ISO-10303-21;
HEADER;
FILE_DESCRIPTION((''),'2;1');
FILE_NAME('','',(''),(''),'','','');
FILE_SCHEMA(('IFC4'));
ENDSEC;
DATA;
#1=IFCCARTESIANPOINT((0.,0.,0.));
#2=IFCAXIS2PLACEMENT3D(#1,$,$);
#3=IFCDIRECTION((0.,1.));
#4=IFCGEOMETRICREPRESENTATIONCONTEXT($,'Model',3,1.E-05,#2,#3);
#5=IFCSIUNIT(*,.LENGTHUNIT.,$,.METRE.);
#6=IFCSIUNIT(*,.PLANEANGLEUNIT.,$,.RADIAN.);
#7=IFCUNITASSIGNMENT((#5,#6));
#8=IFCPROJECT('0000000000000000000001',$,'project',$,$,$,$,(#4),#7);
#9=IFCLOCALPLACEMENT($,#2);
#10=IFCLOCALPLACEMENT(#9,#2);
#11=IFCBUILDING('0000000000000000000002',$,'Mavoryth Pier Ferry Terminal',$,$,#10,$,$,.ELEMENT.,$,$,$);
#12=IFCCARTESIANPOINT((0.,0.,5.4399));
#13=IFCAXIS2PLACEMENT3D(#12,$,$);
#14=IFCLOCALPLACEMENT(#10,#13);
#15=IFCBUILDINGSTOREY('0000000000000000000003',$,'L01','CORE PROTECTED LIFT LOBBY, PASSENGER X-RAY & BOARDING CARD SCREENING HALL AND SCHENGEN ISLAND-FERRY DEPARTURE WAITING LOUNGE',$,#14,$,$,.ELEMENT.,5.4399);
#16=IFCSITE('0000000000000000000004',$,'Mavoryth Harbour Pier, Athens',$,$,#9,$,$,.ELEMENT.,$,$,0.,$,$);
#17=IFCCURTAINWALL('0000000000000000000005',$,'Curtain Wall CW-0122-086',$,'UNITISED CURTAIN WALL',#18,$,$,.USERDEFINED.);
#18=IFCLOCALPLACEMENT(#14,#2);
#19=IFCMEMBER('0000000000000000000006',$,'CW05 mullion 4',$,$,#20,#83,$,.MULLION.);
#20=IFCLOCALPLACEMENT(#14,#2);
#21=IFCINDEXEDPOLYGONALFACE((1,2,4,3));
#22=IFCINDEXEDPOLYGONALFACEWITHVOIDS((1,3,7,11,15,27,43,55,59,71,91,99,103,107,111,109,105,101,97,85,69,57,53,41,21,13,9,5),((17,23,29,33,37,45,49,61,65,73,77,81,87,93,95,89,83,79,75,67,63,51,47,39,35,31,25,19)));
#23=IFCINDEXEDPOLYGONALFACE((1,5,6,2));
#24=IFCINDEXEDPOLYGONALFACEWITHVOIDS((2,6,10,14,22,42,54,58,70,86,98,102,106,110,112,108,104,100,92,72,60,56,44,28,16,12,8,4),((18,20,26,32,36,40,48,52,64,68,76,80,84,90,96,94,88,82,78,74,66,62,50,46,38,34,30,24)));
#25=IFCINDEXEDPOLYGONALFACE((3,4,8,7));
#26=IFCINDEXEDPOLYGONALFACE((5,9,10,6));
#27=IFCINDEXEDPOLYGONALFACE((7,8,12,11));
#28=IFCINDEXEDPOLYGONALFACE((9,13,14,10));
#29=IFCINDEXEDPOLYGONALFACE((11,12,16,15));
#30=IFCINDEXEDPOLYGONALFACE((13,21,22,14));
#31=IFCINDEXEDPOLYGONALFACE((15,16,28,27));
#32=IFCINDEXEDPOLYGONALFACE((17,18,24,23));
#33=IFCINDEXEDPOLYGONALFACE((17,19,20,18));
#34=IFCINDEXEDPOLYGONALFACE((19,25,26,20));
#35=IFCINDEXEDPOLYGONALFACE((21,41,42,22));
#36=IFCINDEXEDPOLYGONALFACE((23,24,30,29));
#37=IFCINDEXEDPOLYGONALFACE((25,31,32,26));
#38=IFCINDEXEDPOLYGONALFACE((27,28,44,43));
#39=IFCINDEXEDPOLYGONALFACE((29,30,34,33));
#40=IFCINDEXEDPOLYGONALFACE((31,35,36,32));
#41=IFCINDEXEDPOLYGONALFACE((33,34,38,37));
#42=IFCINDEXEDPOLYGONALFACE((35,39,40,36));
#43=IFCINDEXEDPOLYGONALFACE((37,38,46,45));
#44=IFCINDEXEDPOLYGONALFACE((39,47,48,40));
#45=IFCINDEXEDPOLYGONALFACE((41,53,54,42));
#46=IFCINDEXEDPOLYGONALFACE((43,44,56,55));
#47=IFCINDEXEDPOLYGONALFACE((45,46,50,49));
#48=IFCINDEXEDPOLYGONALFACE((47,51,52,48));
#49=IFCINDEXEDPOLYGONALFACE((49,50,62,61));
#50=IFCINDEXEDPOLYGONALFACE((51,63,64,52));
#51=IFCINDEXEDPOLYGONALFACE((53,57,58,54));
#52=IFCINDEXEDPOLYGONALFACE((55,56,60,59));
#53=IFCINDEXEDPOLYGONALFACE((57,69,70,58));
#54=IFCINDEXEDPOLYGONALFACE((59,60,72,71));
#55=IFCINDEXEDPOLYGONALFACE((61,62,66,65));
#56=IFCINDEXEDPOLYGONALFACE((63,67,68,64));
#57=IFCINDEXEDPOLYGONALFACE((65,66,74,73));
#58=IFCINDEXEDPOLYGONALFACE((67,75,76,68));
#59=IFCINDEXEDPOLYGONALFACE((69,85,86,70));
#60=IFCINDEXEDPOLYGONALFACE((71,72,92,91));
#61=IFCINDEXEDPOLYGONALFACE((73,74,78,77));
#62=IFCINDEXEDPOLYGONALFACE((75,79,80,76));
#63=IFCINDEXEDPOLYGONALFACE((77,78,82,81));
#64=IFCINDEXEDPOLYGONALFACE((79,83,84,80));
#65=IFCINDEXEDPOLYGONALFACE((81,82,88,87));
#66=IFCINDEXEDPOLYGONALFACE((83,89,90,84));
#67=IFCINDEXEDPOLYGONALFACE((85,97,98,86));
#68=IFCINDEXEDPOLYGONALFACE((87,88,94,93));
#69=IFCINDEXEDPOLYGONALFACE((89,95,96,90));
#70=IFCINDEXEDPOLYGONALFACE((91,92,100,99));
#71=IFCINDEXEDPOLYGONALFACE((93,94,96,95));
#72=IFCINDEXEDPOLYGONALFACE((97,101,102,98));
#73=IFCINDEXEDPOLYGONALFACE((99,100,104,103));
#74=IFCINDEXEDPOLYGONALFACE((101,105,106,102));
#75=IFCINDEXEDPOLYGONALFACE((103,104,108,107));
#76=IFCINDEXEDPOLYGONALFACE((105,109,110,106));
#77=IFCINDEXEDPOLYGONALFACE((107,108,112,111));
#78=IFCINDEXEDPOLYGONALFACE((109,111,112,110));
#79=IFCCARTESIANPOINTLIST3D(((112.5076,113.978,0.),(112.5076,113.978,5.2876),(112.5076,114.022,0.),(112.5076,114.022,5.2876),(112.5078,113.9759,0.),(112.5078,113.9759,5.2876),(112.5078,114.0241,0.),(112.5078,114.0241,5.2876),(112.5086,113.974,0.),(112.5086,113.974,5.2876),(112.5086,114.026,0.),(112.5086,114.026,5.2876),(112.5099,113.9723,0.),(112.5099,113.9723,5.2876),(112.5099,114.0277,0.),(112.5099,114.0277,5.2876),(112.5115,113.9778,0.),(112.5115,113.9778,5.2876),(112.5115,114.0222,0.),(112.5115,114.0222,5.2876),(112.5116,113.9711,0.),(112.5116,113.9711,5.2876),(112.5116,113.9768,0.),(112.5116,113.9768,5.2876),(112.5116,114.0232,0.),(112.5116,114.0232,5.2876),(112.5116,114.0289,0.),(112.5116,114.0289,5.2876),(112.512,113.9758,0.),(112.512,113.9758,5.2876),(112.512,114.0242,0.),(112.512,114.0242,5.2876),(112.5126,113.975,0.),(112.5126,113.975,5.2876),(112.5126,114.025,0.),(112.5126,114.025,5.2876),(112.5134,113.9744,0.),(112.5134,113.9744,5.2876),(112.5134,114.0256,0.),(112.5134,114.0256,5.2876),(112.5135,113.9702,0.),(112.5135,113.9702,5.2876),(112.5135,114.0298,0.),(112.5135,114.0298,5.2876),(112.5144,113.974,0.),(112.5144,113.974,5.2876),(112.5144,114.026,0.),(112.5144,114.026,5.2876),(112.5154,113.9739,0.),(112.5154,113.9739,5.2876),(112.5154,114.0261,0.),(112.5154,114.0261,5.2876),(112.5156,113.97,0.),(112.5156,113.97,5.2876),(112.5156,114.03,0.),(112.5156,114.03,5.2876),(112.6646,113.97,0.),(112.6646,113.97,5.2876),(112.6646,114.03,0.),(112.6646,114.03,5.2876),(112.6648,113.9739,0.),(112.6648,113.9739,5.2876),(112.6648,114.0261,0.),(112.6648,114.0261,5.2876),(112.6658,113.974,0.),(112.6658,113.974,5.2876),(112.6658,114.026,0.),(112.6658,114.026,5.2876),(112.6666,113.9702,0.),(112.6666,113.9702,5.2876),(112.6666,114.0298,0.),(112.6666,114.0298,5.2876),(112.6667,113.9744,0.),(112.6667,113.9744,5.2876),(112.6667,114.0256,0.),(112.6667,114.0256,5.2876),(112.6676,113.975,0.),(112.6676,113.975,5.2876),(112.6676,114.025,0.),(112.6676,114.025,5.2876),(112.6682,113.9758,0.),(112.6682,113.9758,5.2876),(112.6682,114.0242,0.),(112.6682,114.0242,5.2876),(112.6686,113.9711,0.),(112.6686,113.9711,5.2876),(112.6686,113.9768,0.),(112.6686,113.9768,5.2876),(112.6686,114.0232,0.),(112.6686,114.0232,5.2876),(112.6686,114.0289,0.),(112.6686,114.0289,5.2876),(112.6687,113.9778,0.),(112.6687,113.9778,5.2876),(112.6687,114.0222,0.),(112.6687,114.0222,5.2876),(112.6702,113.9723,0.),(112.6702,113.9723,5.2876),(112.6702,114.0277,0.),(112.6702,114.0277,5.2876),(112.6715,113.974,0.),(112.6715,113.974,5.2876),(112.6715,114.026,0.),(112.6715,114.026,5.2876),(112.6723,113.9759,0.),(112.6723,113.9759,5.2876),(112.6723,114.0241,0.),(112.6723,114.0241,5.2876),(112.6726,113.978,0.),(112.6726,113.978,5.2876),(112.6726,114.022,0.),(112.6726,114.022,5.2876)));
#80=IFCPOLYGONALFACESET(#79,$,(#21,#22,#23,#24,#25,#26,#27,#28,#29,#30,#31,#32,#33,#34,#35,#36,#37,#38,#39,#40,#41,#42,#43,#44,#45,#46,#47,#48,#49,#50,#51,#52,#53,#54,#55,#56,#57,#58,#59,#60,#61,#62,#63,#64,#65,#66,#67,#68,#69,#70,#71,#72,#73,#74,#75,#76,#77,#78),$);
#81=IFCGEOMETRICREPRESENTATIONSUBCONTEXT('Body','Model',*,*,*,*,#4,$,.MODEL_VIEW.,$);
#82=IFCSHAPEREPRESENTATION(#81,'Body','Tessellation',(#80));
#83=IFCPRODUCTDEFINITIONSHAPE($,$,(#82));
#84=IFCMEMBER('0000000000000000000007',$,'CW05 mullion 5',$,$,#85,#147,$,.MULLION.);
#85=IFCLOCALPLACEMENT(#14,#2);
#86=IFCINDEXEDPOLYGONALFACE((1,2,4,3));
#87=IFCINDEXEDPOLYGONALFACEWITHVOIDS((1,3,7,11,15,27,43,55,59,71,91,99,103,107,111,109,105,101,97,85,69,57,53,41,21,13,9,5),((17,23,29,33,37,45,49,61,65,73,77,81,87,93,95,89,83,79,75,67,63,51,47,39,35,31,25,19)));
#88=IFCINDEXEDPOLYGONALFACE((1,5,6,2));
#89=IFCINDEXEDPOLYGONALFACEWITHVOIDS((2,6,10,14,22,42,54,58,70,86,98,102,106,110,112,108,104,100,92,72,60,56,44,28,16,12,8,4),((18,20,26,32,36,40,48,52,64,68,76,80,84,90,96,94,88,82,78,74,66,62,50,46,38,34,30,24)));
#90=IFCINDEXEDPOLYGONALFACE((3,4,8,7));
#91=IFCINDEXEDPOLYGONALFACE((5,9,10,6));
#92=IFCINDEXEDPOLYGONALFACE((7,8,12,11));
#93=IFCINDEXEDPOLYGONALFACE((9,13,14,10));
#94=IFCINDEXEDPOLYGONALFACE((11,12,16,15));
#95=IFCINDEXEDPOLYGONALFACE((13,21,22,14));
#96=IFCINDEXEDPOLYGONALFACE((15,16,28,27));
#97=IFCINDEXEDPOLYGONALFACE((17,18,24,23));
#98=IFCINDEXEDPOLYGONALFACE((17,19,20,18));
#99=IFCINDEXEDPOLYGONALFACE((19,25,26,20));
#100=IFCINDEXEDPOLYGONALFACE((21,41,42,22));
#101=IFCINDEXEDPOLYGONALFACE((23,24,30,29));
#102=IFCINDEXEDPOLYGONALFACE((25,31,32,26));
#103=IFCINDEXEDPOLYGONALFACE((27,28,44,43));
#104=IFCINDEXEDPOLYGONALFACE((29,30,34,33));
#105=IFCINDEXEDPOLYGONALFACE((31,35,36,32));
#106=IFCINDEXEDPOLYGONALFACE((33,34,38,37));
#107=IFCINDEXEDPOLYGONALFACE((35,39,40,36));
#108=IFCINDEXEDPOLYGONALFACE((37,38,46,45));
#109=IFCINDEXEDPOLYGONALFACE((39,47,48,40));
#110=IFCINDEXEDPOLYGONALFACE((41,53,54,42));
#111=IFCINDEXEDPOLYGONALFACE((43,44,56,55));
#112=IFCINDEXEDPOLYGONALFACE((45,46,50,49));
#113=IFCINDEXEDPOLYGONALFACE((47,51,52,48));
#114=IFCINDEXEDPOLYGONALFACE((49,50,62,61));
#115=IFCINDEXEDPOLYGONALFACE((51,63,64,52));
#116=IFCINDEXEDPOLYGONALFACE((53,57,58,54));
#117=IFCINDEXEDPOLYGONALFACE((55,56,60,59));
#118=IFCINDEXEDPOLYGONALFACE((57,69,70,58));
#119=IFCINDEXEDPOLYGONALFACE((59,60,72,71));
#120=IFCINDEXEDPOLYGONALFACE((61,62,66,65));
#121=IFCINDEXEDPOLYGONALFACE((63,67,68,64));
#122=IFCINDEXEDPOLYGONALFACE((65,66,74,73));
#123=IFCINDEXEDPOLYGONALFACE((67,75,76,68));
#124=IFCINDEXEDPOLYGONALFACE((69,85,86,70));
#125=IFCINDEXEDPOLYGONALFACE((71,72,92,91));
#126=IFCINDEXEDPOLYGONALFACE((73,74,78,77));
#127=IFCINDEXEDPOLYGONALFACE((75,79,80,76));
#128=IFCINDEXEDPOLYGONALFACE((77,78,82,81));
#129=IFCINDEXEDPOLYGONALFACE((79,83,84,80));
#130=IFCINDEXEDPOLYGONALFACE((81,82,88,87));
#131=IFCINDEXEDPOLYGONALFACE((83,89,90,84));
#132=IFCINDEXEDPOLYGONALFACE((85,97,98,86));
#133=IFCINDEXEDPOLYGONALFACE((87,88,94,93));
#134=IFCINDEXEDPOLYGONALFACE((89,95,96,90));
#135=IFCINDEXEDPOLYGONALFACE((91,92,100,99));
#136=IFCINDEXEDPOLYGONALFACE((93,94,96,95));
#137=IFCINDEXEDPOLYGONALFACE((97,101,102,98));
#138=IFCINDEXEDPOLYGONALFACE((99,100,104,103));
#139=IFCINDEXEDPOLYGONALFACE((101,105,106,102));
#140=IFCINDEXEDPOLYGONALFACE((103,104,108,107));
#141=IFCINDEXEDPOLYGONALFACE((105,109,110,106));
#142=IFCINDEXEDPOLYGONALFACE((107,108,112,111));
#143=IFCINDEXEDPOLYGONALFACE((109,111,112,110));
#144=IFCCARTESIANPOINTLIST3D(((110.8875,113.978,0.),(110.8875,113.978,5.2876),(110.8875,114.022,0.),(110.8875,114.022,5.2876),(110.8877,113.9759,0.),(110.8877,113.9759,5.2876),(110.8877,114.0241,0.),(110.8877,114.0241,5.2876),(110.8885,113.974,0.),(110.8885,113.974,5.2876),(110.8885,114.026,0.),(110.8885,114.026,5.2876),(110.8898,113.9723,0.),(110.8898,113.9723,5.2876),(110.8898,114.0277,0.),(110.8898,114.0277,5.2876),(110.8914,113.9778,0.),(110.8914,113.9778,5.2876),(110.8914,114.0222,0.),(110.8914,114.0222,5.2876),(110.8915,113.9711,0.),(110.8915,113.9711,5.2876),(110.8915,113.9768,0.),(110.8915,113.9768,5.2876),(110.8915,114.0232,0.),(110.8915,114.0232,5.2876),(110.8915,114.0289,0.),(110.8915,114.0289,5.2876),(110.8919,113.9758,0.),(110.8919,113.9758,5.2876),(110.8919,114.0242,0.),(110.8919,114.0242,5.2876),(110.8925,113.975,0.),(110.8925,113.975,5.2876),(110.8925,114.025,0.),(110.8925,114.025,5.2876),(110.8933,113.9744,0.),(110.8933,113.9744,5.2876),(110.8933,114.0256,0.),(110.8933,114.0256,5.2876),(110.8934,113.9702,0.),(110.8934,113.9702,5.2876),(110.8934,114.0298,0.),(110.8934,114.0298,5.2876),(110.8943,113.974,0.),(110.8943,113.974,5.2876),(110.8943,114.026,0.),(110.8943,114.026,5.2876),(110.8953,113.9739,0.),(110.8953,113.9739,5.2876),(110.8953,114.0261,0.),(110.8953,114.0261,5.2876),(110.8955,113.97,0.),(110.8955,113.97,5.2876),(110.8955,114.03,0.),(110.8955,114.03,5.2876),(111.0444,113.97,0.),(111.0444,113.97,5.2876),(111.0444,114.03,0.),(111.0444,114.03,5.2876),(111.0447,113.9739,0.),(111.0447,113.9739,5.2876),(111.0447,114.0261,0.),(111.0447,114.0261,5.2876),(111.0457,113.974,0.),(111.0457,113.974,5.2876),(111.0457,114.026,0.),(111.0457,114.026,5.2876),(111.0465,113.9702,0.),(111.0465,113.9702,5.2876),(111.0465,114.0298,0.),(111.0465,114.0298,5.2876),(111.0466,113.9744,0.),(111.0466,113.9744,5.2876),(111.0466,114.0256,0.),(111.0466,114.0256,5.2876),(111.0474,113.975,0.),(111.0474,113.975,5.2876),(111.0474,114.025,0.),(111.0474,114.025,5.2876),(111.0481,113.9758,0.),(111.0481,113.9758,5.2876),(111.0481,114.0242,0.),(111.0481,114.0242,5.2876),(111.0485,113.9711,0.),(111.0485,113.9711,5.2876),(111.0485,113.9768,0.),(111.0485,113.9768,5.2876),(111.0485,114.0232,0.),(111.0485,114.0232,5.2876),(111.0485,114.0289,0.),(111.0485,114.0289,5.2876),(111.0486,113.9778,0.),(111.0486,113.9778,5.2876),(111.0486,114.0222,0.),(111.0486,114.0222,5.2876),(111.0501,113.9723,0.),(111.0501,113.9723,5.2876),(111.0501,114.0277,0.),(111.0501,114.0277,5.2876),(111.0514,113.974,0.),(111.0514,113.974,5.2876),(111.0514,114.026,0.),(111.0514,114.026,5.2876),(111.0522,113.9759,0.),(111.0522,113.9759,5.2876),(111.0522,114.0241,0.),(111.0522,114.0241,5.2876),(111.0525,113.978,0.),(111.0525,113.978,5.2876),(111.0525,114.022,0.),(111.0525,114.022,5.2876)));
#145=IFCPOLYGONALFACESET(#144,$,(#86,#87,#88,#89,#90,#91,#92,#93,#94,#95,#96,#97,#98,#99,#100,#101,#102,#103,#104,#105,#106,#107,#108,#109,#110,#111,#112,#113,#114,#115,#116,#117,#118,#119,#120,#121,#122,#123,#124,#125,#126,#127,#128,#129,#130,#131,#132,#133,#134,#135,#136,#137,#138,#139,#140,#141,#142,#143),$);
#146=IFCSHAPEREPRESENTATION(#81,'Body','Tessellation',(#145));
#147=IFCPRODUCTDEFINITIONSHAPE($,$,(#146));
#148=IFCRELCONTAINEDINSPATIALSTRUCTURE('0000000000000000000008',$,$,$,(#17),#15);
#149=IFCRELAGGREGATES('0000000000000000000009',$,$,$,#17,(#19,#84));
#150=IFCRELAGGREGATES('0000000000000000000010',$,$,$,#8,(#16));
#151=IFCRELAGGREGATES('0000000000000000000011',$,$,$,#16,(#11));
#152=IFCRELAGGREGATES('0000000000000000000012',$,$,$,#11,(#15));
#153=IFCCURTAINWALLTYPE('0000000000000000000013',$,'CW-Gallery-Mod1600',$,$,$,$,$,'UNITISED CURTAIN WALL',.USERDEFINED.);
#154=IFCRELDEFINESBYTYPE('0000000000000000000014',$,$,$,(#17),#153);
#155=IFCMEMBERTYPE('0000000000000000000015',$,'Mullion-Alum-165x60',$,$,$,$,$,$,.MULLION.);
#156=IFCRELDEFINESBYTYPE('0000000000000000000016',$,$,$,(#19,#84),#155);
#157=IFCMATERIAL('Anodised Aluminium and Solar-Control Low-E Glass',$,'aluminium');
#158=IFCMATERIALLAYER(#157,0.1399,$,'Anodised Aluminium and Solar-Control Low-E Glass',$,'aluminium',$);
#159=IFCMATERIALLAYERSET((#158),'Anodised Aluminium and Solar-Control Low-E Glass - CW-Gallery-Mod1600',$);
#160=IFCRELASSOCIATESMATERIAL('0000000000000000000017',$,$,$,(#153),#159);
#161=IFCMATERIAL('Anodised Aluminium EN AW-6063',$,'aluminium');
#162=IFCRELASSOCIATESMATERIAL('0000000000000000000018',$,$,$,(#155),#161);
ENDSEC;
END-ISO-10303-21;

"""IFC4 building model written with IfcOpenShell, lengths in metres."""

from ifc_helpers import new_model, si_unit, direction, frame, origin, origin_2d, place, context, subcontext, project, spatial, hollow_rectangle, extrude, material, layer, layer_set, material_profile, profile_set, type_object, element, aggregate, save


model = new_model("IFC4")

# Units and contexts
model_context = context("Model", 3, precision=1e-05, world=origin(), true_north=direction((0.0, 1.0)))
body_context = subcontext(model_context, "Body", "Model", "MODEL_VIEW")
ifc_project = project(units=[si_unit("LENGTHUNIT", "METRE"), si_unit("PLANEANGLEUNIT", "RADIAN")], contexts=[model_context])

# Site, building, storey
site_placement = place(None, origin())
site = spatial("IfcSite", under=ifc_project, at=site_placement, Name="Mavoryth Harbour Pier, Athens", CompositionType="ELEMENT", RefElevation=0.0)
building_placement = place(site_placement, origin())
building = spatial("IfcBuilding", under=site, at=building_placement, Name="Mavoryth Pier Ferry Terminal", CompositionType="ELEMENT")
storey_placement = place(building_placement, frame((0.0, 0.0, 5.4399)))
storey = spatial("IfcBuildingStorey", under=building, at=storey_placement, Name="L01", Description="CORE PROTECTED LIFT LOBBY, PASSENGER X-RAY & BOARDING CARD SCREENING HALL AND SCHENGEN ISLAND-FERRY DEPARTURE WAITING LOUNGE", CompositionType="ELEMENT", Elevation=5.4399)

# Curtain wall, members
ifc_material_1 = material(Name="Anodised Aluminium and Solar-Control Low-E Glass", Category="aluminium")
ifc_layer_1 = layer(ifc_material_1, 0.1399, Name="Anodised Aluminium and Solar-Control Low-E Glass", Category="aluminium")
ifc_layer_set_1 = layer_set([ifc_layer_1], Name="Anodised Aluminium and Solar-Control Low-E Glass - CW-Gallery-Mod1600")
curtain_wall_type = type_object("IfcCurtainWallType", Name="CW-Gallery-Mod1600", ElementType="UNITISED CURTAIN WALL", PredefinedType="USERDEFINED", material=ifc_layer_set_1)
ifc_material_2 = material(Name="Anodised Aluminium EN AW-6063", Category="aluminium")
ifc_material_profile_1 = material_profile(ifc_material_2, hollow_rectangle(XDim=0.0601, YDim=0.165, WallThickness=0.0039, InnerFilletRadius=0.0039, OuterFilletRadius=0.0081, at=origin_2d()), Name="AL-MULL 165x60x4", Category="aluminium")
ifc_profile_set_1 = profile_set([ifc_material_profile_1], Name="Anodised Aluminium EN AW-6063 - AL-MULL 165x60x4")
member_type_1 = type_object("IfcMemberType", Name="Mullion-Alum-165x60", PredefinedType="MULLION", material=ifc_profile_set_1)
curtain_wall_1_placement = place(storey_placement, origin())
curtain_wall_1 = element("IfcCurtainWall", 1, at=curtain_wall_1_placement, inside=storey, type_object=curtain_wall_type, Name="Curtain Wall CW-0122-086", ObjectType="UNITISED CURTAIN WALL", PredefinedType="USERDEFINED")
member_1_placement = place(storey_placement, frame((112.5901, 114.0, 0.0), z_axis=(0.0, 0.0, 1.0), x_axis=(0.0, -1.0, 0.0)))
member_1 = element("IfcMember", 2, at=member_1_placement, type_object=member_type_1, Name="CW05 mullion 4", PredefinedType="MULLION", context=body_context, shape_type="SweptSolid", body=[
    extrude(hollow_rectangle(XDim=0.0601, YDim=0.165, WallThickness=0.0039, InnerFilletRadius=0.0039, OuterFilletRadius=0.0081, at=origin_2d()), origin(), (0.0, 0.0, 1.0), 5.2876),
])
member_2_placement = place(storey_placement, frame((110.97, 114.0, 0.0), z_axis=(0.0, 0.0, 1.0), x_axis=(0.0, -1.0, 0.0)))
member_2 = element("IfcMember", 3, at=member_2_placement, type_object=member_type_1, Name="CW05 mullion 5", PredefinedType="MULLION", context=body_context, shape_type="SweptSolid", body=[
    extrude(hollow_rectangle(XDim=0.0601, YDim=0.165, WallThickness=0.0039, InnerFilletRadius=0.0039, OuterFilletRadius=0.0081, at=origin_2d()), origin(), (0.0, 0.0, 1.0), 5.2876),
])

aggregate(curtain_wall_1, [member_1, member_2])

save(model, "model.ifc")
